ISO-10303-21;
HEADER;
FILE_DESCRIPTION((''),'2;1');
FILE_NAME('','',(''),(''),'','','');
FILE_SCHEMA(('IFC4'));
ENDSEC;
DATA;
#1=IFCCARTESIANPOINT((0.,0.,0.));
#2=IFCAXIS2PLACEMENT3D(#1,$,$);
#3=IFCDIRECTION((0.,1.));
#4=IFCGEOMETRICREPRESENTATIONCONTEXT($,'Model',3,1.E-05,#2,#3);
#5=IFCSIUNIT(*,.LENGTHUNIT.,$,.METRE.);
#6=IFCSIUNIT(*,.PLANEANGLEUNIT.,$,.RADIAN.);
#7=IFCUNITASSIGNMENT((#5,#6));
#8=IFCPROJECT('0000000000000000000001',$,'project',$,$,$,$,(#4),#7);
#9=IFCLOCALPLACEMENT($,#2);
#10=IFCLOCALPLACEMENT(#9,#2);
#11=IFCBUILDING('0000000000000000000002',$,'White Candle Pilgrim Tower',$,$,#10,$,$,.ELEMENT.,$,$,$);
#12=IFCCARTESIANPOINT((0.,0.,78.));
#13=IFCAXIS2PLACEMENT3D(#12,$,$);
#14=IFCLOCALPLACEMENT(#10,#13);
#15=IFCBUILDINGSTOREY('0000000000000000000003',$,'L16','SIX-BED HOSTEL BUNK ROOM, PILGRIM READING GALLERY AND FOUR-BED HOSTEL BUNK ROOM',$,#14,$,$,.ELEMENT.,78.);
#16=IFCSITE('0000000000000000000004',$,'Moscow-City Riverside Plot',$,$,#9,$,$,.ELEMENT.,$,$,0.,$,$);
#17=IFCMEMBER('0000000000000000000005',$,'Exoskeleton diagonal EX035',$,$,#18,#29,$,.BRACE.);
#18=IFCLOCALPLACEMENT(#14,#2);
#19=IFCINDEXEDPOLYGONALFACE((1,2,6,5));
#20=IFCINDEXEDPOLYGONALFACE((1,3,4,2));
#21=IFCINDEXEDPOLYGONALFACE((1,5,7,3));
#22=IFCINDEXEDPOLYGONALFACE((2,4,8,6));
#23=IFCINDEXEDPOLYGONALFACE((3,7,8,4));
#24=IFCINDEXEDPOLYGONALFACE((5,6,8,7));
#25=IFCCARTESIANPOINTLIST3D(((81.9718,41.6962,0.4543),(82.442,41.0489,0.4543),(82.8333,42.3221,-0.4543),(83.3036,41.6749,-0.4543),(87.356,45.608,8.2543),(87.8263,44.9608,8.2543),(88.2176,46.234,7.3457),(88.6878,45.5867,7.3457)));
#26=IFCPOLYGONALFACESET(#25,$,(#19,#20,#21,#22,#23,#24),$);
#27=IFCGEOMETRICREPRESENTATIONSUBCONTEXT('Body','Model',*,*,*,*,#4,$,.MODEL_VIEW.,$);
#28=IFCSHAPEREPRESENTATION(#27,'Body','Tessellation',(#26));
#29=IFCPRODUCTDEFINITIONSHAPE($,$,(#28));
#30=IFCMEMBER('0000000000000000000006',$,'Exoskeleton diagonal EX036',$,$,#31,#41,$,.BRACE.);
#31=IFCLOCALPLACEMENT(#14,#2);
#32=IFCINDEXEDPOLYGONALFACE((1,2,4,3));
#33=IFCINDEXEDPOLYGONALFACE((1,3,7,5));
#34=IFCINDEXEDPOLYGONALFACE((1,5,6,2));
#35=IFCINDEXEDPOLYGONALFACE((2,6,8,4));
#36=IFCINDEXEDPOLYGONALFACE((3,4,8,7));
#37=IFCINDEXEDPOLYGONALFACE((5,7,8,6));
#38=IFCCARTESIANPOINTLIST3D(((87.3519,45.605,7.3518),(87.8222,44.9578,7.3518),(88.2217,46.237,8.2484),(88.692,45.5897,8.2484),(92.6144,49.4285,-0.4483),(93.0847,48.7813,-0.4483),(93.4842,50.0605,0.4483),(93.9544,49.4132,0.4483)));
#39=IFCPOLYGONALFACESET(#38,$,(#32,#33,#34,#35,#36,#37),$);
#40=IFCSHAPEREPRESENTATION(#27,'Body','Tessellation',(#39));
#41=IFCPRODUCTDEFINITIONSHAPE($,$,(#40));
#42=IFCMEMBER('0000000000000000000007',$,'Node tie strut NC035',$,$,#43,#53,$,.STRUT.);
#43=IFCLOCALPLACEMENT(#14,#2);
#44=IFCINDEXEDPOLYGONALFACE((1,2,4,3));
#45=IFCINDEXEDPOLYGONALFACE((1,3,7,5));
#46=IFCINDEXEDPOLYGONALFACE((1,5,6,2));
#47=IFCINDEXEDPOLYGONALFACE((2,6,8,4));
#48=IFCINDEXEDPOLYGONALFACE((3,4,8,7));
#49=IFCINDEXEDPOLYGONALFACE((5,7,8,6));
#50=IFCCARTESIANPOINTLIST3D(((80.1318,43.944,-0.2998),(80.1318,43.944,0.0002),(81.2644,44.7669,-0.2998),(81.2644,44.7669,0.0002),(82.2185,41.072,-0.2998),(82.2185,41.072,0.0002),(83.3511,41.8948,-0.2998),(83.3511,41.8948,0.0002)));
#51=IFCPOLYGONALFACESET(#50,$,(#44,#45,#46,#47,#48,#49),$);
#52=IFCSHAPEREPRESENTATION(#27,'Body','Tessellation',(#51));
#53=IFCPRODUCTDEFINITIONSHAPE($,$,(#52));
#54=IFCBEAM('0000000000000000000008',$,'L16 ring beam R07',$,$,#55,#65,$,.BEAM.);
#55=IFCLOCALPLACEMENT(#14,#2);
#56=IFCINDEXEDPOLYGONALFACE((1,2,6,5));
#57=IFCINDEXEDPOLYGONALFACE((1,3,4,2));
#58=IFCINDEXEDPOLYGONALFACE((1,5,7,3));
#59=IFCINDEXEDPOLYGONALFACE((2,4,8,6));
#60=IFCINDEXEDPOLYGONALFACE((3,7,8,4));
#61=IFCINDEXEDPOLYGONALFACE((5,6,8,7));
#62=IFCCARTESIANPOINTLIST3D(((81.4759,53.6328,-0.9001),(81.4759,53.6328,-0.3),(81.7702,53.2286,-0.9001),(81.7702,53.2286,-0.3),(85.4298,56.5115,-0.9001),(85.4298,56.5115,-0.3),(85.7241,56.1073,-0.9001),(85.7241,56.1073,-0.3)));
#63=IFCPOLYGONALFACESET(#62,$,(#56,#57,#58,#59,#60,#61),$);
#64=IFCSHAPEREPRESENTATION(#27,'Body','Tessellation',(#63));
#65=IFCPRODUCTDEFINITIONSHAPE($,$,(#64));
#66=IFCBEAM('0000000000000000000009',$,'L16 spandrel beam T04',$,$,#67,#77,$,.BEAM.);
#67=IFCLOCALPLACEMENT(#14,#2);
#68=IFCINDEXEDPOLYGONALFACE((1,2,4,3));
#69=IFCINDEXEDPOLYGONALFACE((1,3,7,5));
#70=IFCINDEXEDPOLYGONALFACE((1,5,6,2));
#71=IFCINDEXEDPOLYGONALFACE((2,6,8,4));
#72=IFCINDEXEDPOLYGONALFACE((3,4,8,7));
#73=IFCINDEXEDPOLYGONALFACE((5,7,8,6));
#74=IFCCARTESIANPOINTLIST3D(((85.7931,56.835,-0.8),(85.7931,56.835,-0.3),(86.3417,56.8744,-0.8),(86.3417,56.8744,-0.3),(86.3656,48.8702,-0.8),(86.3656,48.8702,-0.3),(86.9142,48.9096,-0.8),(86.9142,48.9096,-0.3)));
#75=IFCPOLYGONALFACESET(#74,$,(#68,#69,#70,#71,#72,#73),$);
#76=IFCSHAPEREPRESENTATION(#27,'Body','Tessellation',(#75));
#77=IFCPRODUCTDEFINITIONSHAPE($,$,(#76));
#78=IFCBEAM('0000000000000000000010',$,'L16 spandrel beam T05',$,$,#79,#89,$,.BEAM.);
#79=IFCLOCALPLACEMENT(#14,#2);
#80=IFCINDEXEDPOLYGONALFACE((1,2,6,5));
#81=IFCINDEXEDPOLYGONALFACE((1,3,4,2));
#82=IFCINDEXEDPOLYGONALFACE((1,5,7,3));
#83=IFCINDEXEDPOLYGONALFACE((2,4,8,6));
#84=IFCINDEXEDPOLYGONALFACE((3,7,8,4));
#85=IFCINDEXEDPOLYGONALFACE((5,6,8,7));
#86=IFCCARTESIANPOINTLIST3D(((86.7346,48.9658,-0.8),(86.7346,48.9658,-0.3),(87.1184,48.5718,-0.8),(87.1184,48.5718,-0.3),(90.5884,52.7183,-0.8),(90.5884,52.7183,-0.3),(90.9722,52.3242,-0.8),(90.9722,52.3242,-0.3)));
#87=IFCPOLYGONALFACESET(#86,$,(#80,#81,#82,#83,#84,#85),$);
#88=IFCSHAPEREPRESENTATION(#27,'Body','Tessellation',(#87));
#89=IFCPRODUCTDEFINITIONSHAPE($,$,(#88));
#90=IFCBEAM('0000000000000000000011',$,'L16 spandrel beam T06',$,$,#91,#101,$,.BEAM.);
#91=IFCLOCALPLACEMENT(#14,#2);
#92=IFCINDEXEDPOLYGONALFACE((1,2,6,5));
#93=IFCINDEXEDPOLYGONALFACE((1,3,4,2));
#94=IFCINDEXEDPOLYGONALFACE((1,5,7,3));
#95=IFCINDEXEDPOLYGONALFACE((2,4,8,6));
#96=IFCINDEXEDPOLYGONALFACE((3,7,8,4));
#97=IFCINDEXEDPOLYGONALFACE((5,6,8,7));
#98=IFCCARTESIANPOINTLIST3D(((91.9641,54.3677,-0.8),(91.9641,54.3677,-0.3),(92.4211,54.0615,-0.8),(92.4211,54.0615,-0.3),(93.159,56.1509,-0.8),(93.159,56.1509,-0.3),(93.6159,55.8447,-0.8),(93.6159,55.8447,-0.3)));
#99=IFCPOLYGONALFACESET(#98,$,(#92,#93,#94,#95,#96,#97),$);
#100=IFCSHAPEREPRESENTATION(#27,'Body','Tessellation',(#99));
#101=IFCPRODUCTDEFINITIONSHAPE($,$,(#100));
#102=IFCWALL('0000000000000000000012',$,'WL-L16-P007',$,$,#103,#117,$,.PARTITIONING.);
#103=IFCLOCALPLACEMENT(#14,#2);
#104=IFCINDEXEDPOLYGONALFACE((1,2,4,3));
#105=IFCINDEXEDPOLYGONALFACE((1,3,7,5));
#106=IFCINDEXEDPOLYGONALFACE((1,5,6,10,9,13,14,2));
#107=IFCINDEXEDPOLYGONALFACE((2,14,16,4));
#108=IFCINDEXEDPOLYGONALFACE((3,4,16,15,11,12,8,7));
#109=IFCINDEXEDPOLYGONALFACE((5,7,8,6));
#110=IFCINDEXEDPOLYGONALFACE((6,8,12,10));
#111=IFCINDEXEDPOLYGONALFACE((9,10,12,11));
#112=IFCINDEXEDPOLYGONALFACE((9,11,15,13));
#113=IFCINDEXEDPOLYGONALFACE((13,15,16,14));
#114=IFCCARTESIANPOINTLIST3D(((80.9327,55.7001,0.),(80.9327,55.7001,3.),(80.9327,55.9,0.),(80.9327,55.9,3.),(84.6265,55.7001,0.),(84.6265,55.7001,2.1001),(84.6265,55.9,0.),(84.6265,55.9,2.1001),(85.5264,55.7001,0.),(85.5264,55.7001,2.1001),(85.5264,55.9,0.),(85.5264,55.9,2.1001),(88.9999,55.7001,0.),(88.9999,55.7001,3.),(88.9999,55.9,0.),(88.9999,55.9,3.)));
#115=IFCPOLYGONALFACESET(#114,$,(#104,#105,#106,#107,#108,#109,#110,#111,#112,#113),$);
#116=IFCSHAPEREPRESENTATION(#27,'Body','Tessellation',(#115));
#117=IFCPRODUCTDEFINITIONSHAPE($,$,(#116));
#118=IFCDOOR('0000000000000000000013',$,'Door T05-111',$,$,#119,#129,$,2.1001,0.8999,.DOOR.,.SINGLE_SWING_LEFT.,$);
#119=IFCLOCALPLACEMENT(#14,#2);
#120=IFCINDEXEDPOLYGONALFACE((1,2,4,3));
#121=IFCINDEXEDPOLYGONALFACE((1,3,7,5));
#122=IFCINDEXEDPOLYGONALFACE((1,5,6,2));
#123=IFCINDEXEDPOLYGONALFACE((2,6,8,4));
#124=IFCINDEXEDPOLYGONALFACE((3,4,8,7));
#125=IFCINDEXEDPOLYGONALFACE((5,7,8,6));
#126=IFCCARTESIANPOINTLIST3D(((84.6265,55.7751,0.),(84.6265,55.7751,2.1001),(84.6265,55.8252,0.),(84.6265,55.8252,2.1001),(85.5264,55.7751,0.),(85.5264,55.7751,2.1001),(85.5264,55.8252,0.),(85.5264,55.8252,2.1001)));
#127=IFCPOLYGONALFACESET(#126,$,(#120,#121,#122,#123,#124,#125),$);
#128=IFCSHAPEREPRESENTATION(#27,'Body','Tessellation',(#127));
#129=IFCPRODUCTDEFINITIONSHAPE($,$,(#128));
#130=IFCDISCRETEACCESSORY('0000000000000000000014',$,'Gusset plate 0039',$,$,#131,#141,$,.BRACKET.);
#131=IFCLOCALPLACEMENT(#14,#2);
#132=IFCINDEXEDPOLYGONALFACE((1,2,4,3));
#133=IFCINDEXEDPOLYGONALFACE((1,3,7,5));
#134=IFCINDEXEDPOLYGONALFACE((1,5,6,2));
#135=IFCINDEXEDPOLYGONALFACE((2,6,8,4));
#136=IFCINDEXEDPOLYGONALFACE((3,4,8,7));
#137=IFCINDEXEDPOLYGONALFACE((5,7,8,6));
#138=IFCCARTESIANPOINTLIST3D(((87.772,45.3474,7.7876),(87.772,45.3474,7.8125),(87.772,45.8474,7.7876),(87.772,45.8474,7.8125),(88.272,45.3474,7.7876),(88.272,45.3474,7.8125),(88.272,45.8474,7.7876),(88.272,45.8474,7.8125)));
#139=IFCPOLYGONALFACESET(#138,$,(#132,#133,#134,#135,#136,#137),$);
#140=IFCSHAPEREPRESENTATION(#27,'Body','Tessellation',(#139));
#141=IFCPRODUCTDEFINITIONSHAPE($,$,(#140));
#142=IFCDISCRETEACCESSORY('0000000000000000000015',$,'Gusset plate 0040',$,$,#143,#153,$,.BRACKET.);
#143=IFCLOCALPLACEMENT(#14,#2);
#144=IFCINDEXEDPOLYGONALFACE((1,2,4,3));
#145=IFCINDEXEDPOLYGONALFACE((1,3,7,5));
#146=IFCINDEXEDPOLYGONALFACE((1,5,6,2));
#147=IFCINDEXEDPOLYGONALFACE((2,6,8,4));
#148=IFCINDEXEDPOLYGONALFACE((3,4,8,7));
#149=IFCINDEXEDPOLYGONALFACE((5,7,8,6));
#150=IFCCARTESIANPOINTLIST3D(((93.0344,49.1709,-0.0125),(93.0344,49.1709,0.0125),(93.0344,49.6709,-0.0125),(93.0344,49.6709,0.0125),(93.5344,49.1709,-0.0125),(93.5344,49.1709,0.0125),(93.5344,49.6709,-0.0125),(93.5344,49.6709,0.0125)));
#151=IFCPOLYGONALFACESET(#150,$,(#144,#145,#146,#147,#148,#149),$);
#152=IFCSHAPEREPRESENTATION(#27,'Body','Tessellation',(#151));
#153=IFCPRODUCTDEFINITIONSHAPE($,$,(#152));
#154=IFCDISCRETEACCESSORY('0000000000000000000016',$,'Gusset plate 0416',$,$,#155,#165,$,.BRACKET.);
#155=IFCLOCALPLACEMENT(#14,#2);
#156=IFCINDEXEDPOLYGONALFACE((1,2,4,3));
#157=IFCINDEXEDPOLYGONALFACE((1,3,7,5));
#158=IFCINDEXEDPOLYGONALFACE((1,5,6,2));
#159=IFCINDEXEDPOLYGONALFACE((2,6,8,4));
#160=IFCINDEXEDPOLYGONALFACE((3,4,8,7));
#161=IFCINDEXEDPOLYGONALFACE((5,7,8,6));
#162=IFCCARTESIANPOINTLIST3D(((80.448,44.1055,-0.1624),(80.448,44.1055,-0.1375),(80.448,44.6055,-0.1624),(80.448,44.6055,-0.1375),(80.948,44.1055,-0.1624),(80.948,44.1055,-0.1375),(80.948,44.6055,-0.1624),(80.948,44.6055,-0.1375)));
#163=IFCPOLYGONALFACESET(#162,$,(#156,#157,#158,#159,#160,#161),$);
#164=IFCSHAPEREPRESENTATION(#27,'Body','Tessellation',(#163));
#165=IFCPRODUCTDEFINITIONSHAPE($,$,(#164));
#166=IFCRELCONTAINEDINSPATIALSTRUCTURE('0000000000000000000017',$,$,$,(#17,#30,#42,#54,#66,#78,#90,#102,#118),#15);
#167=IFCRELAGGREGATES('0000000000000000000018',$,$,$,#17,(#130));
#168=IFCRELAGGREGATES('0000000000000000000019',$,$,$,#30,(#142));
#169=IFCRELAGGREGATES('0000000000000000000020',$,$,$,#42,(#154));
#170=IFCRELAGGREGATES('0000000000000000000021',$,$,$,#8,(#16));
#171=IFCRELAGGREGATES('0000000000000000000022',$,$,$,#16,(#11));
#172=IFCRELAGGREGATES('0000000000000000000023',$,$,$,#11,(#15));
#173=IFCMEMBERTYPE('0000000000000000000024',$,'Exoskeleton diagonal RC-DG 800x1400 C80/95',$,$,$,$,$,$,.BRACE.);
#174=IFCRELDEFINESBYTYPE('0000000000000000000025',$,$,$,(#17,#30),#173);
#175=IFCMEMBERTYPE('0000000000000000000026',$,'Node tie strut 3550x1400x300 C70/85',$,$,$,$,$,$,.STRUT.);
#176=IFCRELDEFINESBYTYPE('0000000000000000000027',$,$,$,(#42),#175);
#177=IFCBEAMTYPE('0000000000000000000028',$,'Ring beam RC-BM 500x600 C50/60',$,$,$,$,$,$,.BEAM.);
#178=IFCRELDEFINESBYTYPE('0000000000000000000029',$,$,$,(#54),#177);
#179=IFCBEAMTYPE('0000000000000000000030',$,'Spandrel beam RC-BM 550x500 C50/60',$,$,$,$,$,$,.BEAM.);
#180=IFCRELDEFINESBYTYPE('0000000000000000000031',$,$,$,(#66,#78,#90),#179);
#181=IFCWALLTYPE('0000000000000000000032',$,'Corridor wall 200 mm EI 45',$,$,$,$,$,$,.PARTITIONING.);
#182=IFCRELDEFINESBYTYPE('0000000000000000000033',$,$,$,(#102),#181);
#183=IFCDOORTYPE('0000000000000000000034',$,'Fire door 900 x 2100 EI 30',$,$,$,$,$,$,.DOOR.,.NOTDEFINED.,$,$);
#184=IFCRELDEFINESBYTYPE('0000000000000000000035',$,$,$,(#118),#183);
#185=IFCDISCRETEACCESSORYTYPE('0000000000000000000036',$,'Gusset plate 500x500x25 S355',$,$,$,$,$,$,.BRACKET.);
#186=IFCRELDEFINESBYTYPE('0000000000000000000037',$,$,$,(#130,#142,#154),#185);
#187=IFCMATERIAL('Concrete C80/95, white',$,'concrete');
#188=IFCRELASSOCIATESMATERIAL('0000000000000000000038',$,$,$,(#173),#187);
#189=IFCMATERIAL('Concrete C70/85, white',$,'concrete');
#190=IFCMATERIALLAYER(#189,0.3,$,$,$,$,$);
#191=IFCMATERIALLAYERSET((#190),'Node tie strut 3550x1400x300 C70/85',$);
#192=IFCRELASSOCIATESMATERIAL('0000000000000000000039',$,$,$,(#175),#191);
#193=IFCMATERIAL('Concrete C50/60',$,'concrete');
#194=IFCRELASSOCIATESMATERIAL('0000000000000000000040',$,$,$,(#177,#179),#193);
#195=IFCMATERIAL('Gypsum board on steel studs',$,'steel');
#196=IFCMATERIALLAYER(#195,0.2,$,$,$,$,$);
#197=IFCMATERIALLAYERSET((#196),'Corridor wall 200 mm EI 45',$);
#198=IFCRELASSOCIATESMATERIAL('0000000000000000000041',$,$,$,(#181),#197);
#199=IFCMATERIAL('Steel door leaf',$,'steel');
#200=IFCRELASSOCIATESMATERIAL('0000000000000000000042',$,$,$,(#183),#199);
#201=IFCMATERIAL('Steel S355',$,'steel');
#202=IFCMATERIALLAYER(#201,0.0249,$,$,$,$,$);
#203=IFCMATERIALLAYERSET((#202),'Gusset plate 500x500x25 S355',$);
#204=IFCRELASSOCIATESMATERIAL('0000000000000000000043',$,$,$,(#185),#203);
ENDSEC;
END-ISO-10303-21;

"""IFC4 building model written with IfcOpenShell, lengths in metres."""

from ifc_helpers import new_model, si_unit, direction, frame, frame_2d, origin, origin_2d, place, context, subcontext, project, spatial, rectangle, extrude, material, layer, layer_set, material_profile, profile_set, type_object, element, fill, aggregate, save


model = new_model("IFC4")

# Units and contexts
model_context = context("Model", 3, precision=1e-05, world=origin(), true_north=direction((0.0, 1.0)))
body_context = subcontext(model_context, "Body", "Model", "MODEL_VIEW")
ifc_project = project(units=[si_unit("LENGTHUNIT", "METRE"), si_unit("PLANEANGLEUNIT", "RADIAN")], contexts=[model_context])

# Site, building, storey
site_placement = place(None, origin())
site = spatial("IfcSite", under=ifc_project, at=site_placement, Name="Moscow-City Riverside Plot", CompositionType="ELEMENT", RefElevation=0.0)
building_placement = place(site_placement, origin())
building = spatial("IfcBuilding", under=site, at=building_placement, Name="White Candle Pilgrim Tower", CompositionType="ELEMENT")
storey_placement = place(building_placement, frame((0.0, 0.0, 78.0)))
storey = spatial("IfcBuildingStorey", under=building, at=storey_placement, Name="L16", Description="SIX-BED HOSTEL BUNK ROOM, PILGRIM READING GALLERY AND FOUR-BED HOSTEL BUNK ROOM", CompositionType="ELEMENT", Elevation=78.0)

# Members
ifc_material_1 = material(Name="Concrete C80/95, white", Category="concrete")
ifc_material_profile_1 = material_profile(ifc_material_1, rectangle(XDim=0.8, YDim=1.3999, at=origin_2d()), Name="RC-DG 800x1400")
ifc_profile_set_1 = profile_set([ifc_material_profile_1], Name="Concrete C80/95, white")
member_type_1 = type_object("IfcMemberType", Name="Exoskeleton diagonal RC-DG 800x1400 C80/95", PredefinedType="BRACE", material=ifc_profile_set_1)
member_1_placement = place(storey_placement, frame((82.6377, 41.6855, 0.0), z_axis=(0.525117, 0.381516, 0.760722), x_axis=(-0.587781, 0.80902, 0.0)))
member_1 = element("IfcMember", 1, at=member_1_placement, inside=storey, type_object=member_type_1, Name="Exoskeleton diagonal EX035", PredefinedType="BRACE", context=body_context, shape_type="SweptSolid", body=[
    extrude(rectangle(XDim=0.8, YDim=1.3999, at=origin_2d()), origin(), (0.0, 0.0, 1.0), 10.2534),
])
member_2_placement = place(storey_placement, frame((93.2844, 49.4209, 0.0), z_axis=(-0.51814, -0.376459, 0.767991), x_axis=(0.587794, -0.80901, 0.0)))
member_2 = element("IfcMember", 2, at=member_2_placement, inside=storey, type_object=member_type_1, Name="Exoskeleton diagonal EX036", PredefinedType="BRACE", context=body_context, shape_type="SweptSolid", body=[
    extrude(rectangle(XDim=0.8, YDim=1.3999, at=origin_2d()), origin(), (0.0, 0.0, 1.0), 10.1565),
])
ifc_material_2 = material(Name="Concrete C70/85, white", Category="concrete")
ifc_layer_1 = layer(ifc_material_2, 0.3)
ifc_layer_set_1 = layer_set([ifc_layer_1], Name="Node tie strut 3550x1400x300 C70/85")
member_type_2 = type_object("IfcMemberType", Name="Node tie strut 3550x1400x300 C70/85", PredefinedType="STRUT", material=ifc_layer_set_1)
member_3_placement = place(storey_placement, frame((81.7415, 42.9194, -0.2998), z_axis=(0.0, 0.0, 1.0), x_axis=(0.809017, 0.587785, 0.0)))
member_3 = element("IfcMember", 3, at=member_3_placement, inside=storey, type_object=member_type_2, Name="Node tie strut NC035", PredefinedType="STRUT", context=body_context, shape_type="SweptSolid", body=[
    extrude(rectangle(XDim=1.3999, YDim=3.55, at=origin_2d()), origin(), (0.0, 0.0, 1.0), 0.3),
])

# Beams
ifc_material_3 = material(Name="Concrete C50/60", Category="concrete")
ifc_material_profile_2 = material_profile(ifc_material_3, rectangle(XDim=0.5, YDim=0.6001, at=origin_2d()), Name="RC-BM 500x600")
ifc_profile_set_2 = profile_set([ifc_material_profile_2], Name="Concrete C50/60")
beam_type_1 = type_object("IfcBeamType", Name="Ring beam RC-BM 500x600 C50/60", PredefinedType="BEAM", material=ifc_profile_set_2)
beam_1_placement = place(storey_placement, frame((81.623, 53.4307, -0.6001), z_axis=(0.808432, 0.58859, 0.0), x_axis=(-0.58859, 0.808432, 0.0)))
element("IfcBeam", 4, at=beam_1_placement, inside=storey, type_object=beam_type_1, Name="L16 ring beam R07", PredefinedType="BEAM", context=body_context, shape_type="SweptSolid", body=[
    extrude(rectangle(XDim=0.5, YDim=0.6001, at=origin_2d()), origin(), (0.0, 0.0, 1.0), 4.8909),
])
ifc_material_profile_3 = material_profile(ifc_material_3, rectangle(XDim=0.55, YDim=0.5, at=origin_2d()), Name="RC-BM 550x500")
ifc_profile_set_3 = profile_set([ifc_material_profile_3], Name="Concrete C50/60")
beam_type_2 = type_object("IfcBeamType", Name="Spandrel beam RC-BM 550x500 C50/60", PredefinedType="BEAM", material=ifc_profile_set_3)
beam_2_placement = place(storey_placement, frame((86.6399, 48.8899, -0.55), z_axis=(-0.071695, 0.997427, 0.0), x_axis=(-0.997427, -0.071695, 0.0)))
element("IfcBeam", 5, at=beam_2_placement, inside=storey, type_object=beam_type_2, Name="L16 spandrel beam T04", PredefinedType="BEAM", context=body_context, shape_type="SweptSolid", body=[
    extrude(rectangle(XDim=0.55, YDim=0.5, at=origin_2d()), origin(), (0.0, 0.0, 1.0), 7.9854),
])
beam_3_placement = place(storey_placement, frame((86.9265, 48.7688, -0.55), z_axis=(0.716462, 0.697626, 0.0), x_axis=(-0.697626, 0.716462, 0.0)))
element("IfcBeam", 6, at=beam_3_placement, inside=storey, type_object=beam_type_2, Name="L16 spandrel beam T05", PredefinedType="BEAM", context=body_context, shape_type="SweptSolid", body=[
    extrude(rectangle(XDim=0.55, YDim=0.5, at=origin_2d()), origin(), (0.0, 0.0, 1.0), 5.3789),
])
beam_4_placement = place(storey_placement, frame((92.1926, 54.2146, -0.55), z_axis=(0.556641, 0.830753, 0.0), x_axis=(-0.830753, 0.556641, 0.0)))
element("IfcBeam", 7, at=beam_4_placement, inside=storey, type_object=beam_type_2, Name="L16 spandrel beam T06", PredefinedType="BEAM", context=body_context, shape_type="SweptSolid", body=[
    extrude(rectangle(XDim=0.55, YDim=0.5, at=origin_2d()), origin(), (0.0, 0.0, 1.0), 2.1465),
])

# Wall, opening, door
ifc_material_4 = material(Name="Gypsum board on steel studs", Category="steel")
ifc_layer_2 = layer(ifc_material_4, 0.2)
ifc_layer_set_2 = layer_set([ifc_layer_2], Name="Corridor wall 200 mm EI 45")
wall_type_1 = type_object("IfcWallType", Name="Corridor wall 200 mm EI 45", PredefinedType="PARTITIONING", material=ifc_layer_set_2)
wall_1_placement = place(storey_placement, frame((89.0, 55.8, 0.0), z_axis=(0.0, 0.0, 1.0), x_axis=(-1.0, 0.0, 0.0)))
wall_1 = element("IfcWall", 8, at=wall_1_placement, inside=storey, type_object=wall_type_1, Name="WL-L16-P007", PredefinedType="PARTITIONING", context=body_context, shape_type="SweptSolid", body=[
    extrude(rectangle(XDim=8.0671, YDim=0.2, at=frame_2d((4.0337, 0.0))), origin(), (0.0, 0.0, 1.0), 3.0),
])
opening_1_placement = place(wall_1_placement, frame((3.4736, 0.0, 0.0)))
opening_1 = element("IfcOpeningElement", 9, at=opening_1_placement, cuts=wall_1, PredefinedType="OPENING", context=body_context, shape_type="SweptSolid", body=[
    extrude(rectangle(XDim=0.8999, YDim=2.1001, at=frame_2d((0.45, 1.05))), frame((0.0, 0.1099, 0.0), z_axis=(0.0, -1.0, 0.0), x_axis=(1.0, 0.0, 0.0)), (0.0, 0.0, 1.0), 0.22),
])
ifc_material_5 = material(Name="Steel door leaf", Category="steel")
door_type = type_object("IfcDoorType", Name="Fire door 900 x 2100 EI 30", OperationType="NOTDEFINED", PredefinedType="DOOR", material=ifc_material_5)
door_placement = place(opening_1_placement, origin())
door = element("IfcDoor", 10, at=door_placement, inside=storey, type_object=door_type, Name="Door T05-111", OperationType="SINGLE_SWING_LEFT", OverallHeight=2.1001, OverallWidth=0.8999, PredefinedType="DOOR", context=body_context, shape_type="SweptSolid", body=[
    extrude(rectangle(XDim=0.8999, YDim=2.1001, at=frame_2d((0.45, 1.05))), frame((0.0, 0.0249, 0.0), z_axis=(0.0, -1.0, 0.0), x_axis=(1.0, 0.0, 0.0)), (0.0, 0.0, 1.0), 0.05),
])
fill(opening_1, door)

# Discrete accessories
ifc_material_6 = material(Name="Steel S355", Category="steel")
ifc_layer_3 = layer(ifc_material_6, 0.0249)
ifc_layer_set_3 = layer_set([ifc_layer_3], Name="Gusset plate 500x500x25 S355")
discrete_accessory_type = type_object("IfcDiscreteAccessoryType", Name="Gusset plate 500x500x25 S355", PredefinedType="BRACKET", material=ifc_layer_set_3)
placement = place(building_placement, frame((0.0, 0.0, 85.8)))
discrete_accessory_1_placement = place(placement, frame((88.022, 45.5974, -0.0125), z_axis=(0.0, 0.0, 1.0), x_axis=(1.0, 0.0, 0.0)))
discrete_accessory_1 = element("IfcDiscreteAccessory", 11, at=discrete_accessory_1_placement, type_object=discrete_accessory_type, Name="Gusset plate 0039", PredefinedType="BRACKET", context=body_context, shape_type="SweptSolid", body=[
    extrude(rectangle(XDim=0.5, YDim=0.5, at=origin_2d()), origin(), (0.0, 0.0, 1.0), 0.0249),
])
aggregate(member_1, [discrete_accessory_1])
discrete_accessory_2_placement = place(storey_placement, frame((93.2844, 49.4209, -0.0125), z_axis=(0.0, 0.0, 1.0), x_axis=(1.0, 0.0, 0.0)))
discrete_accessory_2 = element("IfcDiscreteAccessory", 12, at=discrete_accessory_2_placement, type_object=discrete_accessory_type, Name="Gusset plate 0040", PredefinedType="BRACKET", context=body_context, shape_type="SweptSolid", body=[
    extrude(rectangle(XDim=0.5, YDim=0.5, at=origin_2d()), origin(), (0.0, 0.0, 1.0), 0.0249),
])
aggregate(member_2, [discrete_accessory_2])
discrete_accessory_3_placement = place(storey_placement, frame((80.698, 44.3555, -0.1624), z_axis=(0.0, 0.0, 1.0), x_axis=(1.0, 0.0, 0.0)))
discrete_accessory_3 = element("IfcDiscreteAccessory", 13, at=discrete_accessory_3_placement, type_object=discrete_accessory_type, Name="Gusset plate 0416", PredefinedType="BRACKET", context=body_context, shape_type="SweptSolid", body=[
    extrude(rectangle(XDim=0.5, YDim=0.5, at=origin_2d()), origin(), (0.0, 0.0, 1.0), 0.0249),
])
aggregate(member_3, [discrete_accessory_3])

save(model, "model.ifc")
